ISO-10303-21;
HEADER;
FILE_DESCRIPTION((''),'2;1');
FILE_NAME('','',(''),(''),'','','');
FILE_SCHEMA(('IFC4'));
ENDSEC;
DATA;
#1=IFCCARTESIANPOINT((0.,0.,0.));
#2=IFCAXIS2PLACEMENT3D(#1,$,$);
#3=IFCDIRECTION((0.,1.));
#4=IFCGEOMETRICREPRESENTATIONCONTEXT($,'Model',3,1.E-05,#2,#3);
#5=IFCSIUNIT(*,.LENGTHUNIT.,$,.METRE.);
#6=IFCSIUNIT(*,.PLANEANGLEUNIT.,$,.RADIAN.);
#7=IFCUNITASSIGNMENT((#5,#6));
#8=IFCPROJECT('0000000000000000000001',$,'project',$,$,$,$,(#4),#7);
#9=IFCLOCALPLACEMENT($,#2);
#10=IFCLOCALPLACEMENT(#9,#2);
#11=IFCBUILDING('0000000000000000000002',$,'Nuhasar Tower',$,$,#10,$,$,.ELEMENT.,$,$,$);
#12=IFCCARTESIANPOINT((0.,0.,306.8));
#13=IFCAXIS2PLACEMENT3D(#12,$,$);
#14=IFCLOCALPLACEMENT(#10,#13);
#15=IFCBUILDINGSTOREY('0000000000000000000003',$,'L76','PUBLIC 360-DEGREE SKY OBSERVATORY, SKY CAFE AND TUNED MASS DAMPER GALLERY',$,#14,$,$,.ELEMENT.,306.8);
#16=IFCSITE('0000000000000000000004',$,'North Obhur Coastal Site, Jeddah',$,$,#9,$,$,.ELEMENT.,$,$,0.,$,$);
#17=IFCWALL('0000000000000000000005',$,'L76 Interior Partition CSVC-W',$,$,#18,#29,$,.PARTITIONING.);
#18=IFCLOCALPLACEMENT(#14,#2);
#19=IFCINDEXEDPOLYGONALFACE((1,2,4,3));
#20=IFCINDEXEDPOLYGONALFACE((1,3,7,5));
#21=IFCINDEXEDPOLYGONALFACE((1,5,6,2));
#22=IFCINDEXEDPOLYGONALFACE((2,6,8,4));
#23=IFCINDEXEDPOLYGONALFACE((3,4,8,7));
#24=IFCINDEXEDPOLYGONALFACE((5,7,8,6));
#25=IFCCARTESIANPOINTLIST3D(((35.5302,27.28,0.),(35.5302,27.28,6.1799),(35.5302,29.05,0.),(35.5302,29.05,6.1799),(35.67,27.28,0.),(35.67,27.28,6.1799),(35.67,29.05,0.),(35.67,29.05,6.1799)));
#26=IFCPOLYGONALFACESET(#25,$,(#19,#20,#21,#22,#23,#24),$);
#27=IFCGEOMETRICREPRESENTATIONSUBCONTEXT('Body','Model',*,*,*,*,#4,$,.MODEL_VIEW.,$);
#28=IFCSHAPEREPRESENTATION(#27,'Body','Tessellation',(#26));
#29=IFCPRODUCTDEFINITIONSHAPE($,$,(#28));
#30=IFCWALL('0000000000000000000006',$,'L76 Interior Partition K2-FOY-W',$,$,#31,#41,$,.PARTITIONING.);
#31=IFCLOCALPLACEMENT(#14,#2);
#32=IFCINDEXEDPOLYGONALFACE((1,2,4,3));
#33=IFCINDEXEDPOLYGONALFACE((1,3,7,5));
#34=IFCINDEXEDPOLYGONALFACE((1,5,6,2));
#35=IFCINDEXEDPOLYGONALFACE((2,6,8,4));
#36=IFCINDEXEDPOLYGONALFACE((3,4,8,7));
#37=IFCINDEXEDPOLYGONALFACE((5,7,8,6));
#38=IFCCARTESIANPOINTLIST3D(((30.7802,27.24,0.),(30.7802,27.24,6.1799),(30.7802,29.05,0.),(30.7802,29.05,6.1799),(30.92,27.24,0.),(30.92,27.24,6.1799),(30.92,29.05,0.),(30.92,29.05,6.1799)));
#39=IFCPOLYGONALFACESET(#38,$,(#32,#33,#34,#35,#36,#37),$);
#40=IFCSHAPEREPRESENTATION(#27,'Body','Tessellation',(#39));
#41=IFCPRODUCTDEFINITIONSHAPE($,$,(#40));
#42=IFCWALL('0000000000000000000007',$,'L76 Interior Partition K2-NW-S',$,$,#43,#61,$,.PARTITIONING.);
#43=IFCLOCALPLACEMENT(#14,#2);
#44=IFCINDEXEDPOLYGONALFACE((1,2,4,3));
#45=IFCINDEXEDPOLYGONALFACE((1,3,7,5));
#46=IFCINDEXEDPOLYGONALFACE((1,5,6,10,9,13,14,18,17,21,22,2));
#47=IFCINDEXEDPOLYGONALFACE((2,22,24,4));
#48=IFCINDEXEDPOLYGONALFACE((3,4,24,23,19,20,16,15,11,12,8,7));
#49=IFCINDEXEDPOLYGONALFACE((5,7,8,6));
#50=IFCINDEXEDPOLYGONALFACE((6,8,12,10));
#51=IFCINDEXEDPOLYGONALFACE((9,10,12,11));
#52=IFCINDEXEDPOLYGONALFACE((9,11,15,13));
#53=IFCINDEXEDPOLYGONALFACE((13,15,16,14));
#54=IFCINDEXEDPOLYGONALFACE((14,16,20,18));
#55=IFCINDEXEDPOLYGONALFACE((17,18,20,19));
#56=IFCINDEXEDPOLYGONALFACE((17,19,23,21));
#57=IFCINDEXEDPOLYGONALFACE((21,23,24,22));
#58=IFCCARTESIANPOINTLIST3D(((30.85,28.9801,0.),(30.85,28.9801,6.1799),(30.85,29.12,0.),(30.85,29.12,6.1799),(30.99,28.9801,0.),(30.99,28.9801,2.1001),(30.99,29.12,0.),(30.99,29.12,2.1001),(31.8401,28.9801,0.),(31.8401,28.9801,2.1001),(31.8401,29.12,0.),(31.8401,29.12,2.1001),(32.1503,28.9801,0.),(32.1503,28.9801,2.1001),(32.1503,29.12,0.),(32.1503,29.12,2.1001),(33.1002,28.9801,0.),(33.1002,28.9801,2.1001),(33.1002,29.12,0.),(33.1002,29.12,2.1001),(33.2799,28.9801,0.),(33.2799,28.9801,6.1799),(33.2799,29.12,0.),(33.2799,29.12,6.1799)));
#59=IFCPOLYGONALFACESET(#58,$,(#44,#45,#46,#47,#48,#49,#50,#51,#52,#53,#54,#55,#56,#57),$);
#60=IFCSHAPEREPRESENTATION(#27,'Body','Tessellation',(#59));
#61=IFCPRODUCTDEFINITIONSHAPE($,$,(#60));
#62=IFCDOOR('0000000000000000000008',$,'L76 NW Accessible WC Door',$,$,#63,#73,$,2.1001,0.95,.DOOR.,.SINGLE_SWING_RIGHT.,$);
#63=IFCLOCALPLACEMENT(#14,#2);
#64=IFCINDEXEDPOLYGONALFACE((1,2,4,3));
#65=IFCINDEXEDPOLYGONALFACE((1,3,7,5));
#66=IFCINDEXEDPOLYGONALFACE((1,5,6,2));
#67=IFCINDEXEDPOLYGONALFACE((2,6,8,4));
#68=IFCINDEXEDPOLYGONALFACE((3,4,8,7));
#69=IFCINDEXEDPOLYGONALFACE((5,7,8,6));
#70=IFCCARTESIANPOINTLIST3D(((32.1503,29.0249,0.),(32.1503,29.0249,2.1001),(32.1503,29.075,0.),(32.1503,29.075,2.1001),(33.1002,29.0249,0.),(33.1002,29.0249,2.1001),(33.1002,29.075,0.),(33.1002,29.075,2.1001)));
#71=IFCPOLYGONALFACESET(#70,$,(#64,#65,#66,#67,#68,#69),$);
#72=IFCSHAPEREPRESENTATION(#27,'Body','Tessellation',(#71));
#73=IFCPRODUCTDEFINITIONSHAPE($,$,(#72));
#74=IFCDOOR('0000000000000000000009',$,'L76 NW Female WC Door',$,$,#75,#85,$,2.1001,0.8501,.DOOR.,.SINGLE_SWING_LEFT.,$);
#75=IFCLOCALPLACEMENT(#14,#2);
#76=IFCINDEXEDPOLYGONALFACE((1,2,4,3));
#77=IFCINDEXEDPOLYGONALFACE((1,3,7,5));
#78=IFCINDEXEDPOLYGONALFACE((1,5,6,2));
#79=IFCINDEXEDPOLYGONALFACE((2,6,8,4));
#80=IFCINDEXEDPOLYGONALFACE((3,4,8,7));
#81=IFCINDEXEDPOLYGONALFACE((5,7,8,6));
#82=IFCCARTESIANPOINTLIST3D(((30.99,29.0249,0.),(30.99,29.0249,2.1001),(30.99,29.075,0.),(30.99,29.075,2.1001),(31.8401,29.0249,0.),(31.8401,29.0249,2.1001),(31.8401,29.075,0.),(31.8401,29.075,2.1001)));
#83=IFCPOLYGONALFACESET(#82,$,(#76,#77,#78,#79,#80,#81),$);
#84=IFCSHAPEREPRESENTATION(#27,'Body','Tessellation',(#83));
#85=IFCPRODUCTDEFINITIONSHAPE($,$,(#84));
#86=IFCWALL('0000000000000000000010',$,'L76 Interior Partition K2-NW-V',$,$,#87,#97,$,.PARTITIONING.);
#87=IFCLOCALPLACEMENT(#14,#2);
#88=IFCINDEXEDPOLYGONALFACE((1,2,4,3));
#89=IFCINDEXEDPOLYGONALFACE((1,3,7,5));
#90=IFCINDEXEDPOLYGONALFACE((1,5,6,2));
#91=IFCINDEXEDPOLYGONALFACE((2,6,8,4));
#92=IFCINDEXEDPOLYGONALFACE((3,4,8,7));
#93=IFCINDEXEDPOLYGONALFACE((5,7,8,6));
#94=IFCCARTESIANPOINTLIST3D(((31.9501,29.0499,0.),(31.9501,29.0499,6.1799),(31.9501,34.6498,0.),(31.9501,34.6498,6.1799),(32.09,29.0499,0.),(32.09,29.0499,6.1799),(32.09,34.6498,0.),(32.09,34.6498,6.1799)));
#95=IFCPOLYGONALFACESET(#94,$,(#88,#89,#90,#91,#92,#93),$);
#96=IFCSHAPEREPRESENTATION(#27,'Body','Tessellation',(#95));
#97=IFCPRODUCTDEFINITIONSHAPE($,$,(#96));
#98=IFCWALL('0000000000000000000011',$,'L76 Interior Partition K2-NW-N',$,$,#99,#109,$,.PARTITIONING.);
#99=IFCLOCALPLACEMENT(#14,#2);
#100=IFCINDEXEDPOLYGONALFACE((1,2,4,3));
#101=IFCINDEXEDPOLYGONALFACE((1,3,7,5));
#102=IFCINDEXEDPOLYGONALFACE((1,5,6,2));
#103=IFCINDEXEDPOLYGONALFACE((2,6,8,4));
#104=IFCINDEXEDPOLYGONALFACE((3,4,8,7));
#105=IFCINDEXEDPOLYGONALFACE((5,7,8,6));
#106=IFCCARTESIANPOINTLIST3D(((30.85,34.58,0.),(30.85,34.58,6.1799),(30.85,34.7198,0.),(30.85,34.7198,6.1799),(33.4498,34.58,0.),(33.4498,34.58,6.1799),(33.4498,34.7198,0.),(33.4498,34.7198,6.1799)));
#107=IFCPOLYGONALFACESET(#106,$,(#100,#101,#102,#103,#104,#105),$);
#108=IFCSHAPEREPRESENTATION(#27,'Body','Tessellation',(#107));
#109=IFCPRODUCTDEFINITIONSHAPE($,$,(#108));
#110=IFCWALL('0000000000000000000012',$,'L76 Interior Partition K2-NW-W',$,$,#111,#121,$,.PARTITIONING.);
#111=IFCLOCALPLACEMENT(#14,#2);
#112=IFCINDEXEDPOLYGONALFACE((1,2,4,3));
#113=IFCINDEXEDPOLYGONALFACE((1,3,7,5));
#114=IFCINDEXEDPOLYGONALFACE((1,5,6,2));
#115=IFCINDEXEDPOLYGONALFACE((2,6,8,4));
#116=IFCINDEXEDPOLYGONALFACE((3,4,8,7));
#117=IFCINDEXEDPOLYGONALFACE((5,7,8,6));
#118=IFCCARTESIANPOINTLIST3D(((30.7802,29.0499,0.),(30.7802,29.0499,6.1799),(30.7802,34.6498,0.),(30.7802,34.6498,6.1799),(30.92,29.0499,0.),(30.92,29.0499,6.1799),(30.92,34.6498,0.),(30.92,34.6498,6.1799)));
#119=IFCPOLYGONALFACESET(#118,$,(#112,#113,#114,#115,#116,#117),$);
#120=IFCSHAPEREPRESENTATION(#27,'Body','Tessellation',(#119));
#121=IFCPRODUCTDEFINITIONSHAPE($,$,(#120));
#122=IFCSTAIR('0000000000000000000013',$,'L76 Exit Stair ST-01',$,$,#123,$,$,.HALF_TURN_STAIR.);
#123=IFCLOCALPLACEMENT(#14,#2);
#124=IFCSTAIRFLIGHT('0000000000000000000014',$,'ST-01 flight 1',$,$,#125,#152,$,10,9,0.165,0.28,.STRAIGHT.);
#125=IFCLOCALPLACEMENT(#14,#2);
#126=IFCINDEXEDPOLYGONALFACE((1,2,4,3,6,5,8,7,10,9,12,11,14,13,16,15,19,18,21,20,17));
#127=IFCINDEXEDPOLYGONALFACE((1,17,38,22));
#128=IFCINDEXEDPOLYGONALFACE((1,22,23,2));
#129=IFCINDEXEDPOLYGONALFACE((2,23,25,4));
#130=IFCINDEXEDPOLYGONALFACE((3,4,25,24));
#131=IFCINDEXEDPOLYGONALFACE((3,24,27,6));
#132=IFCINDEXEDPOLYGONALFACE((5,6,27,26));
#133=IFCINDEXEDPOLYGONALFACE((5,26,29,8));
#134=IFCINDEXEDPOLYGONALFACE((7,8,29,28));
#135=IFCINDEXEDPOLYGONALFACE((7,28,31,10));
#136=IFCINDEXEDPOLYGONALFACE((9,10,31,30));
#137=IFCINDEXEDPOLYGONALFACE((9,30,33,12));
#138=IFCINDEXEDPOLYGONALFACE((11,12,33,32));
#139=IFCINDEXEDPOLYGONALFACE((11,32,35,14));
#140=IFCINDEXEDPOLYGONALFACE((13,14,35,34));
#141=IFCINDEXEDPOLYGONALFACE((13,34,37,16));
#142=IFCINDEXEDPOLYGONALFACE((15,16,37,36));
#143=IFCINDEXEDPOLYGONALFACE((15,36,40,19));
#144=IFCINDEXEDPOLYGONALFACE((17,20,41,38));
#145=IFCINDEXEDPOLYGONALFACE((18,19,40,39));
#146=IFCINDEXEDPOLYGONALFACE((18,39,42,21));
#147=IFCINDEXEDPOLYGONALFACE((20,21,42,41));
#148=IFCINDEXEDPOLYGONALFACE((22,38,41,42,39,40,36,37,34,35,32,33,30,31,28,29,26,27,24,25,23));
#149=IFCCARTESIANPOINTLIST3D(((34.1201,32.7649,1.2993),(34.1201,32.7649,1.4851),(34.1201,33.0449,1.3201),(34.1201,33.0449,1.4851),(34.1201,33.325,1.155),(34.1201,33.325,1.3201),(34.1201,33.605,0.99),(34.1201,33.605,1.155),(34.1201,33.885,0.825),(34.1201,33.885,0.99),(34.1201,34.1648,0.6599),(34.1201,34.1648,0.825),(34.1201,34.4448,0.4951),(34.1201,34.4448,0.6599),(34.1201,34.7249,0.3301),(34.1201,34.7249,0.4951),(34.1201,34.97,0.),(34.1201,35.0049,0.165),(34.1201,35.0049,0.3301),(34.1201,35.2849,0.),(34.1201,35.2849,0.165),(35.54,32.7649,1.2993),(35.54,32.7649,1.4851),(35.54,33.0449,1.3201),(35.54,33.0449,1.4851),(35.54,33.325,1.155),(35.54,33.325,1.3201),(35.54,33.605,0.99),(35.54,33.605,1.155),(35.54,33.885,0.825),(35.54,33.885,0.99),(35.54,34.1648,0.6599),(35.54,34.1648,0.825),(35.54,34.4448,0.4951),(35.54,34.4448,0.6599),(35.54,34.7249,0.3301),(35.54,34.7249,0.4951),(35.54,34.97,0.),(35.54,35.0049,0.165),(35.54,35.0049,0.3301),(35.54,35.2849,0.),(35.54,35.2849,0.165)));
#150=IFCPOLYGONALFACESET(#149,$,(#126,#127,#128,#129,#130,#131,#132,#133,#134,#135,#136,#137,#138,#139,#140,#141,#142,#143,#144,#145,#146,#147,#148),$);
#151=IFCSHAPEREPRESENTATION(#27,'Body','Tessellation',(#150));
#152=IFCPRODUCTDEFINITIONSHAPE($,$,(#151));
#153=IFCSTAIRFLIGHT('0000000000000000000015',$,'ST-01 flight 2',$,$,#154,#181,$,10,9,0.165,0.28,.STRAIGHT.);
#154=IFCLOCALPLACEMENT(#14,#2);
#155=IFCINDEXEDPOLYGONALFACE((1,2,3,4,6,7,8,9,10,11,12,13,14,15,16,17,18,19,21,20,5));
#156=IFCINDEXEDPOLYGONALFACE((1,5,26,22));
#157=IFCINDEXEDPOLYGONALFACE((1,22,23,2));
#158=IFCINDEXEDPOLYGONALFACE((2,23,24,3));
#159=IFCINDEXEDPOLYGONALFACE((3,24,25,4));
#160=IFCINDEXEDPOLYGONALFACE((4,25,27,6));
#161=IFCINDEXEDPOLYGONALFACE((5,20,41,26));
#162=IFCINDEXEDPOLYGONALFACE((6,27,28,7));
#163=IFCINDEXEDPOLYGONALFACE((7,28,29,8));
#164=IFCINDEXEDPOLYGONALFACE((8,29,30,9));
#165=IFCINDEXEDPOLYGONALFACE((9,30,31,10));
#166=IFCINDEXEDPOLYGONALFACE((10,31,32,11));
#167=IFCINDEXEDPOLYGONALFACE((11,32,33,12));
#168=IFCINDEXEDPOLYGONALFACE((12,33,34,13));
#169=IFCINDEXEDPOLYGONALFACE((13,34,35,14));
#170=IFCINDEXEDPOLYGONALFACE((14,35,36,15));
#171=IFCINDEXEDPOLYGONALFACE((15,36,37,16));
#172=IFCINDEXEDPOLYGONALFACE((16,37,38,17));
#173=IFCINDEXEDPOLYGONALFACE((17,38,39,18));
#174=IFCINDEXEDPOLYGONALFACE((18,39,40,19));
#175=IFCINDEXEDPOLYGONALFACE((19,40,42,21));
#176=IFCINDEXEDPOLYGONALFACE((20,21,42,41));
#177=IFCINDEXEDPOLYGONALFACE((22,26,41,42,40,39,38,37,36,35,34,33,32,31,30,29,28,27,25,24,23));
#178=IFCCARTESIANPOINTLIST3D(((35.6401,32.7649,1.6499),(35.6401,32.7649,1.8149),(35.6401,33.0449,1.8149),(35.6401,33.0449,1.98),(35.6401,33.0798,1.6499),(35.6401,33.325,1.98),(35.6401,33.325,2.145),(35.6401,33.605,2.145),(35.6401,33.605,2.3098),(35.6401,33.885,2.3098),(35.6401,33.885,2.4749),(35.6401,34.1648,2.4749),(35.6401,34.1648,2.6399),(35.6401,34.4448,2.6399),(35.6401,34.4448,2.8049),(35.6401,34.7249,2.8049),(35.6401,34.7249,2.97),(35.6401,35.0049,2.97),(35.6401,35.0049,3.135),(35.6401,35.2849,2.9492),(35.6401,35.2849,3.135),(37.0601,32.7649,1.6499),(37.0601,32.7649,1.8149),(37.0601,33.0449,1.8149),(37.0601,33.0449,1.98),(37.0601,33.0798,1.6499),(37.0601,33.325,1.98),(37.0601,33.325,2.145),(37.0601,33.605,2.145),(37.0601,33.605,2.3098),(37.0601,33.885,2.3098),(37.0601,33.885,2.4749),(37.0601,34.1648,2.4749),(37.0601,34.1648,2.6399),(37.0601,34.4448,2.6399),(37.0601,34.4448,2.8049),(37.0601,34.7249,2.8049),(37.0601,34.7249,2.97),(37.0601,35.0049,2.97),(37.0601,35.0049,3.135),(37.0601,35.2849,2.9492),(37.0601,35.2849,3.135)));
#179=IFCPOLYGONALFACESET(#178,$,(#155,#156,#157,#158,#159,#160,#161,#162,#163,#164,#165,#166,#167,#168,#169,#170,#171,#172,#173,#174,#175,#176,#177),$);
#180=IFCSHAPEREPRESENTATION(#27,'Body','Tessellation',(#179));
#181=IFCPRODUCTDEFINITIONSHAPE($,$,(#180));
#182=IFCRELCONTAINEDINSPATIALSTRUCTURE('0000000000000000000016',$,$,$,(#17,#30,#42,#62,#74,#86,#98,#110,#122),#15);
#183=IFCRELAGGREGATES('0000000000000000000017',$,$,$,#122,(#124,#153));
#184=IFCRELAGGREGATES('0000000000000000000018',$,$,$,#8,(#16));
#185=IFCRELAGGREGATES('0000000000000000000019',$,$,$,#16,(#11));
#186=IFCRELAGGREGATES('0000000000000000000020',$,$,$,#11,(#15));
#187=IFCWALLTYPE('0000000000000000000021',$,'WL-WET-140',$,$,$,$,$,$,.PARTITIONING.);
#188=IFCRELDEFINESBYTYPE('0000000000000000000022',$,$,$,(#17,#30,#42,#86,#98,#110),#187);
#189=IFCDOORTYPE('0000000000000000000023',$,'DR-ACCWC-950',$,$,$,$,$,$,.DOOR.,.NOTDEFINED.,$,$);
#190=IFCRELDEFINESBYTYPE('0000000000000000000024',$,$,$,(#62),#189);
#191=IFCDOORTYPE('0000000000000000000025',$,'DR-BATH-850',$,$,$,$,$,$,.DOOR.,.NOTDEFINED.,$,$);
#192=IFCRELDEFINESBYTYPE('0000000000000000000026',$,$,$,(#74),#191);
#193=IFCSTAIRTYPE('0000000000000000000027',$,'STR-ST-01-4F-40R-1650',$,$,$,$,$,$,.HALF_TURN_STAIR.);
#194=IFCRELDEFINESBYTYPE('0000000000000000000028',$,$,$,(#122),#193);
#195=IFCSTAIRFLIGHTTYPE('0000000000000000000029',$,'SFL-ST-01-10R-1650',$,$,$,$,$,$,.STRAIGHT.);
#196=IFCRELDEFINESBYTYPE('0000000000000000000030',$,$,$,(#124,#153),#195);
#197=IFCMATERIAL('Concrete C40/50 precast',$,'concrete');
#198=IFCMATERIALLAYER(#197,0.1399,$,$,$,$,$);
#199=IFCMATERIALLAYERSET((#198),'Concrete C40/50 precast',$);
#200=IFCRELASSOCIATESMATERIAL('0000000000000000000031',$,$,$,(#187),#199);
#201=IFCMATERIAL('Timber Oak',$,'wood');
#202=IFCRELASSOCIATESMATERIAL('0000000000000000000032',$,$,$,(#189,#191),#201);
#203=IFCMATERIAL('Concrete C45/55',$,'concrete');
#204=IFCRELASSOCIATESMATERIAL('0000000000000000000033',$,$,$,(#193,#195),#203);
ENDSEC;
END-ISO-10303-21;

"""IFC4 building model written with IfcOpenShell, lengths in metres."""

from ifc_helpers import new_model, si_unit, direction, frame, frame_2d, origin, place, context, subcontext, project, spatial, polyline, rectangle, outline, extrude, material, layer, layer_set, type_object, element, fill, aggregate, save


model = new_model("IFC4")

# Units and contexts
model_context = context("Model", 3, precision=1e-05, world=origin(), true_north=direction((0.0, 1.0)))
body_context = subcontext(model_context, "Body", "Model", "MODEL_VIEW")
ifc_project = project(units=[si_unit("LENGTHUNIT", "METRE"), si_unit("PLANEANGLEUNIT", "RADIAN")], contexts=[model_context])

# Site, building, storey
site_placement = place(None, origin())
site = spatial("IfcSite", under=ifc_project, at=site_placement, Name="North Obhur Coastal Site, Jeddah", CompositionType="ELEMENT", RefElevation=0.0)
building_placement = place(site_placement, origin())
building = spatial("IfcBuilding", under=site, at=building_placement, Name="Nuhasar Tower", CompositionType="ELEMENT")
storey_placement = place(building_placement, frame((0.0, 0.0, 306.8)))
storey = spatial("IfcBuildingStorey", under=building, at=storey_placement, Name="L76", Description="PUBLIC 360-DEGREE SKY OBSERVATORY, SKY CAFE AND TUNED MASS DAMPER GALLERY", CompositionType="ELEMENT", Elevation=306.8)

# Walls
ifc_material_1 = material(Name="Concrete C40/50 precast", Category="concrete")
ifc_layer_1 = layer(ifc_material_1, 0.1399)
ifc_layer_set_1 = layer_set([ifc_layer_1], Name="Concrete C40/50 precast")
wall_type_1 = type_object("IfcWallType", Name="WL-WET-140", PredefinedType="PARTITIONING", material=ifc_layer_set_1)
wall_1_placement = place(storey_placement, frame((35.6001, 27.28, 0.0), z_axis=(0.0, 0.0, 1.0), x_axis=(0.0, 1.0, 0.0)))
element("IfcWall", 1, at=wall_1_placement, inside=storey, type_object=wall_type_1, Name="L76 Interior Partition CSVC-W", PredefinedType="PARTITIONING", context=body_context, shape_type="SweptSolid", body=[
    extrude(rectangle(XDim=1.77, YDim=0.1399, at=frame_2d((0.885, 0.0))), origin(), (0.0, 0.0, 1.0), 6.1799),
])
wall_2_placement = place(storey_placement, frame((30.8501, 27.24, 0.0), z_axis=(0.0, 0.0, 1.0), x_axis=(0.0, 1.0, 0.0)))
element("IfcWall", 2, at=wall_2_placement, inside=storey, type_object=wall_type_1, Name="L76 Interior Partition K2-FOY-W", PredefinedType="PARTITIONING", context=body_context, shape_type="SweptSolid", body=[
    extrude(rectangle(XDim=1.8101, YDim=0.1399, at=frame_2d((0.905, 0.0))), origin(), (0.0, 0.0, 1.0), 6.1799),
])

# Wall, openings, doors
wall_3_placement = place(storey_placement, frame((30.8501, 29.05, 0.0), z_axis=(0.0, 0.0, 1.0), x_axis=(1.0, 0.0, 0.0)))
wall_3 = element("IfcWall", 3, at=wall_3_placement, inside=storey, type_object=wall_type_1, Name="L76 Interior Partition K2-NW-S", PredefinedType="PARTITIONING", context=body_context, shape_type="SweptSolid", body=[
    extrude(rectangle(XDim=2.4299, YDim=0.1399, at=frame_2d((1.2148, 0.0))), origin(), (0.0, 0.0, 1.0), 6.1799),
])
opening_1_placement = place(wall_3_placement, frame((0.1399, 0.0, 0.0)))
opening_1 = element("IfcOpeningElement", 4, at=opening_1_placement, cuts=wall_3, PredefinedType="OPENING", context=body_context, shape_type="SweptSolid", body=[
    extrude(rectangle(XDim=0.8501, YDim=2.1001, at=frame_2d((0.425, 1.05))), frame((0.0, 0.0801, 0.0), z_axis=(0.0, -1.0, 0.0), x_axis=(1.0, 0.0, 0.0)), (0.0, 0.0, 1.0), 0.1599),
])
opening_2_placement = place(wall_3_placement, frame((1.3, 0.0, 0.0)))
opening_2 = element("IfcOpeningElement", 5, at=opening_2_placement, cuts=wall_3, PredefinedType="OPENING", context=body_context, shape_type="SweptSolid", body=[
    extrude(rectangle(XDim=0.95, YDim=2.1001, at=frame_2d((0.4751, 1.05))), frame((0.0, 0.0801, 0.0), z_axis=(0.0, -1.0, 0.0), x_axis=(1.0, 0.0, 0.0)), (0.0, 0.0, 1.0), 0.1599),
])
ifc_material_2 = material(Name="Timber Oak", Category="wood")
door_type_1 = type_object("IfcDoorType", Name="DR-ACCWC-950", OperationType="NOTDEFINED", PredefinedType="DOOR", material=ifc_material_2)
door_1_placement = place(opening_2_placement, origin())
door_1 = element("IfcDoor", 6, at=door_1_placement, inside=storey, type_object=door_type_1, Name="L76 NW Accessible WC Door", OperationType="SINGLE_SWING_RIGHT", OverallHeight=2.1001, OverallWidth=0.95, PredefinedType="DOOR", context=body_context, shape_type="SweptSolid", body=[
    extrude(rectangle(XDim=0.95, YDim=2.1001, at=frame_2d((0.4751, 1.05))), frame((0.0, 0.0249, 0.0), z_axis=(0.0, -1.0, 0.0), x_axis=(1.0, 0.0, 0.0)), (0.0, 0.0, 1.0), 0.05),
])
fill(opening_2, door_1)
door_type_2 = type_object("IfcDoorType", Name="DR-BATH-850", OperationType="NOTDEFINED", PredefinedType="DOOR", material=ifc_material_2)
door_2_placement = place(opening_1_placement, origin())
door_2 = element("IfcDoor", 7, at=door_2_placement, inside=storey, type_object=door_type_2, Name="L76 NW Female WC Door", OperationType="SINGLE_SWING_LEFT", OverallHeight=2.1001, OverallWidth=0.8501, PredefinedType="DOOR", context=body_context, shape_type="SweptSolid", body=[
    extrude(rectangle(XDim=0.8501, YDim=2.1001, at=frame_2d((0.425, 1.05))), frame((0.0, 0.0249, 0.0), z_axis=(0.0, -1.0, 0.0), x_axis=(1.0, 0.0, 0.0)), (0.0, 0.0, 1.0), 0.05),
])
fill(opening_1, door_2)

# Walls
wall_4_placement = place(storey_placement, frame((32.02, 29.05, 0.0), z_axis=(0.0, 0.0, 1.0), x_axis=(0.0, 1.0, 0.0)))
element("IfcWall", 8, at=wall_4_placement, inside=storey, type_object=wall_type_1, Name="L76 Interior Partition K2-NW-V", PredefinedType="PARTITIONING", context=body_context, shape_type="SweptSolid", body=[
    extrude(rectangle(XDim=5.5999, YDim=0.1399, at=frame_2d((2.7998, 0.0))), origin(), (0.0, 0.0, 1.0), 6.1799),
])
wall_5_placement = place(storey_placement, frame((30.8501, 34.6499, 0.0), z_axis=(0.0, 0.0, 1.0), x_axis=(1.0, 0.0, 0.0)))
element("IfcWall", 9, at=wall_5_placement, inside=storey, type_object=wall_type_1, Name="L76 Interior Partition K2-NW-N", PredefinedType="PARTITIONING", context=body_context, shape_type="SweptSolid", body=[
    extrude(rectangle(XDim=2.5999, YDim=0.1399, at=frame_2d((1.2998, 0.0))), origin(), (0.0, 0.0, 1.0), 6.1799),
])
wall_6_placement = place(storey_placement, frame((30.8501, 29.05, 0.0), z_axis=(0.0, 0.0, 1.0), x_axis=(0.0, 1.0, 0.0)))
element("IfcWall", 10, at=wall_6_placement, inside=storey, type_object=wall_type_1, Name="L76 Interior Partition K2-NW-W", PredefinedType="PARTITIONING", context=body_context, shape_type="SweptSolid", body=[
    extrude(rectangle(XDim=5.5999, YDim=0.1399, at=frame_2d((2.7998, 0.0))), origin(), (0.0, 0.0, 1.0), 6.1799),
])

# Stair, stair flights
ifc_material_3 = material(Name="Concrete C45/55", Category="concrete")
stair_type = type_object("IfcStairType", Name="STR-ST-01-4F-40R-1650", PredefinedType="HALF_TURN_STAIR", material=ifc_material_3)
stair_placement = place(storey_placement, origin())
stair = element("IfcStair", 11, at=stair_placement, inside=storey, type_object=stair_type, Name="L76 Exit Stair ST-01", PredefinedType="HALF_TURN_STAIR")
stair_flight_type = type_object("IfcStairFlightType", Name="SFL-ST-01-10R-1650", PredefinedType="STRAIGHT", material=ifc_material_3)
stair_flight_1_placement = place(storey_placement, frame((34.8301, 35.2849, 0.0), z_axis=(0.0, 0.0, 1.0), x_axis=(0.0, -1.0, 0.0)))
stair_flight_1 = element("IfcStairFlight", 12, at=stair_flight_1_placement, type_object=stair_flight_type, Name="ST-01 flight 1", NumberOfRisers=10, NumberOfTreads=9, PredefinedType="STRAIGHT", RiserHeight=0.165, TreadLength=0.28, context=body_context, shape_type="SweptSolid", body=[
    extrude(outline(polyline([(0.0, 0.0), (0.0, 0.165), (0.28, 0.165), (0.28, 0.3301), (0.5601, 0.3301), (0.5601, 0.4951), (0.8401, 0.4951), (0.8401, 0.6599), (1.1201, 0.6599), (1.1201, 0.825), (1.3999, 0.825), (1.3999, 0.99), (1.6799, 0.99), (1.6799, 1.155), (1.96, 1.155), (1.96, 1.3201), (2.24, 1.3201), (2.24, 1.4851), (2.52, 1.4851), (2.52, 1.6499), (2.52, 1.2993), (0.3149, 0.0), (0.0, 0.0)])), frame((0.0, 0.71, 0.0), z_axis=(0.0, -1.0, 0.0), x_axis=(1.0, 0.0, 0.0)), (0.0, 0.0, 1.0), 1.4199),
])
stair_flight_2_placement = place(storey_placement, frame((36.3501, 32.7649, 1.6499), z_axis=(0.0, 0.0, 1.0), x_axis=(0.0, 1.0, 0.0)))
stair_flight_2 = element("IfcStairFlight", 13, at=stair_flight_2_placement, type_object=stair_flight_type, Name="ST-01 flight 2", NumberOfRisers=10, NumberOfTreads=9, PredefinedType="STRAIGHT", RiserHeight=0.165, TreadLength=0.28, context=body_context, shape_type="SweptSolid", body=[
    extrude(outline(polyline([(0.0, 0.0), (0.0, 0.165), (0.28, 0.165), (0.28, 0.3301), (0.5601, 0.3301), (0.5601, 0.4951), (0.8401, 0.4951), (0.8401, 0.6599), (1.1201, 0.6599), (1.1201, 0.825), (1.3999, 0.825), (1.3999, 0.99), (1.6799, 0.99), (1.6799, 1.155), (1.96, 1.155), (1.96, 1.3201), (2.24, 1.3201), (2.24, 1.4851), (2.52, 1.4851), (2.52, 1.6499), (2.52, 1.2993), (0.3149, 0.0), (0.0, 0.0)])), frame((0.0, 0.71, 0.0), z_axis=(0.0, -1.0, 0.0), x_axis=(1.0, 0.0, 0.0)), (0.0, 0.0, 1.0), 1.4199),
])
aggregate(stair, [stair_flight_1, stair_flight_2])

save(model, "model.ifc")
